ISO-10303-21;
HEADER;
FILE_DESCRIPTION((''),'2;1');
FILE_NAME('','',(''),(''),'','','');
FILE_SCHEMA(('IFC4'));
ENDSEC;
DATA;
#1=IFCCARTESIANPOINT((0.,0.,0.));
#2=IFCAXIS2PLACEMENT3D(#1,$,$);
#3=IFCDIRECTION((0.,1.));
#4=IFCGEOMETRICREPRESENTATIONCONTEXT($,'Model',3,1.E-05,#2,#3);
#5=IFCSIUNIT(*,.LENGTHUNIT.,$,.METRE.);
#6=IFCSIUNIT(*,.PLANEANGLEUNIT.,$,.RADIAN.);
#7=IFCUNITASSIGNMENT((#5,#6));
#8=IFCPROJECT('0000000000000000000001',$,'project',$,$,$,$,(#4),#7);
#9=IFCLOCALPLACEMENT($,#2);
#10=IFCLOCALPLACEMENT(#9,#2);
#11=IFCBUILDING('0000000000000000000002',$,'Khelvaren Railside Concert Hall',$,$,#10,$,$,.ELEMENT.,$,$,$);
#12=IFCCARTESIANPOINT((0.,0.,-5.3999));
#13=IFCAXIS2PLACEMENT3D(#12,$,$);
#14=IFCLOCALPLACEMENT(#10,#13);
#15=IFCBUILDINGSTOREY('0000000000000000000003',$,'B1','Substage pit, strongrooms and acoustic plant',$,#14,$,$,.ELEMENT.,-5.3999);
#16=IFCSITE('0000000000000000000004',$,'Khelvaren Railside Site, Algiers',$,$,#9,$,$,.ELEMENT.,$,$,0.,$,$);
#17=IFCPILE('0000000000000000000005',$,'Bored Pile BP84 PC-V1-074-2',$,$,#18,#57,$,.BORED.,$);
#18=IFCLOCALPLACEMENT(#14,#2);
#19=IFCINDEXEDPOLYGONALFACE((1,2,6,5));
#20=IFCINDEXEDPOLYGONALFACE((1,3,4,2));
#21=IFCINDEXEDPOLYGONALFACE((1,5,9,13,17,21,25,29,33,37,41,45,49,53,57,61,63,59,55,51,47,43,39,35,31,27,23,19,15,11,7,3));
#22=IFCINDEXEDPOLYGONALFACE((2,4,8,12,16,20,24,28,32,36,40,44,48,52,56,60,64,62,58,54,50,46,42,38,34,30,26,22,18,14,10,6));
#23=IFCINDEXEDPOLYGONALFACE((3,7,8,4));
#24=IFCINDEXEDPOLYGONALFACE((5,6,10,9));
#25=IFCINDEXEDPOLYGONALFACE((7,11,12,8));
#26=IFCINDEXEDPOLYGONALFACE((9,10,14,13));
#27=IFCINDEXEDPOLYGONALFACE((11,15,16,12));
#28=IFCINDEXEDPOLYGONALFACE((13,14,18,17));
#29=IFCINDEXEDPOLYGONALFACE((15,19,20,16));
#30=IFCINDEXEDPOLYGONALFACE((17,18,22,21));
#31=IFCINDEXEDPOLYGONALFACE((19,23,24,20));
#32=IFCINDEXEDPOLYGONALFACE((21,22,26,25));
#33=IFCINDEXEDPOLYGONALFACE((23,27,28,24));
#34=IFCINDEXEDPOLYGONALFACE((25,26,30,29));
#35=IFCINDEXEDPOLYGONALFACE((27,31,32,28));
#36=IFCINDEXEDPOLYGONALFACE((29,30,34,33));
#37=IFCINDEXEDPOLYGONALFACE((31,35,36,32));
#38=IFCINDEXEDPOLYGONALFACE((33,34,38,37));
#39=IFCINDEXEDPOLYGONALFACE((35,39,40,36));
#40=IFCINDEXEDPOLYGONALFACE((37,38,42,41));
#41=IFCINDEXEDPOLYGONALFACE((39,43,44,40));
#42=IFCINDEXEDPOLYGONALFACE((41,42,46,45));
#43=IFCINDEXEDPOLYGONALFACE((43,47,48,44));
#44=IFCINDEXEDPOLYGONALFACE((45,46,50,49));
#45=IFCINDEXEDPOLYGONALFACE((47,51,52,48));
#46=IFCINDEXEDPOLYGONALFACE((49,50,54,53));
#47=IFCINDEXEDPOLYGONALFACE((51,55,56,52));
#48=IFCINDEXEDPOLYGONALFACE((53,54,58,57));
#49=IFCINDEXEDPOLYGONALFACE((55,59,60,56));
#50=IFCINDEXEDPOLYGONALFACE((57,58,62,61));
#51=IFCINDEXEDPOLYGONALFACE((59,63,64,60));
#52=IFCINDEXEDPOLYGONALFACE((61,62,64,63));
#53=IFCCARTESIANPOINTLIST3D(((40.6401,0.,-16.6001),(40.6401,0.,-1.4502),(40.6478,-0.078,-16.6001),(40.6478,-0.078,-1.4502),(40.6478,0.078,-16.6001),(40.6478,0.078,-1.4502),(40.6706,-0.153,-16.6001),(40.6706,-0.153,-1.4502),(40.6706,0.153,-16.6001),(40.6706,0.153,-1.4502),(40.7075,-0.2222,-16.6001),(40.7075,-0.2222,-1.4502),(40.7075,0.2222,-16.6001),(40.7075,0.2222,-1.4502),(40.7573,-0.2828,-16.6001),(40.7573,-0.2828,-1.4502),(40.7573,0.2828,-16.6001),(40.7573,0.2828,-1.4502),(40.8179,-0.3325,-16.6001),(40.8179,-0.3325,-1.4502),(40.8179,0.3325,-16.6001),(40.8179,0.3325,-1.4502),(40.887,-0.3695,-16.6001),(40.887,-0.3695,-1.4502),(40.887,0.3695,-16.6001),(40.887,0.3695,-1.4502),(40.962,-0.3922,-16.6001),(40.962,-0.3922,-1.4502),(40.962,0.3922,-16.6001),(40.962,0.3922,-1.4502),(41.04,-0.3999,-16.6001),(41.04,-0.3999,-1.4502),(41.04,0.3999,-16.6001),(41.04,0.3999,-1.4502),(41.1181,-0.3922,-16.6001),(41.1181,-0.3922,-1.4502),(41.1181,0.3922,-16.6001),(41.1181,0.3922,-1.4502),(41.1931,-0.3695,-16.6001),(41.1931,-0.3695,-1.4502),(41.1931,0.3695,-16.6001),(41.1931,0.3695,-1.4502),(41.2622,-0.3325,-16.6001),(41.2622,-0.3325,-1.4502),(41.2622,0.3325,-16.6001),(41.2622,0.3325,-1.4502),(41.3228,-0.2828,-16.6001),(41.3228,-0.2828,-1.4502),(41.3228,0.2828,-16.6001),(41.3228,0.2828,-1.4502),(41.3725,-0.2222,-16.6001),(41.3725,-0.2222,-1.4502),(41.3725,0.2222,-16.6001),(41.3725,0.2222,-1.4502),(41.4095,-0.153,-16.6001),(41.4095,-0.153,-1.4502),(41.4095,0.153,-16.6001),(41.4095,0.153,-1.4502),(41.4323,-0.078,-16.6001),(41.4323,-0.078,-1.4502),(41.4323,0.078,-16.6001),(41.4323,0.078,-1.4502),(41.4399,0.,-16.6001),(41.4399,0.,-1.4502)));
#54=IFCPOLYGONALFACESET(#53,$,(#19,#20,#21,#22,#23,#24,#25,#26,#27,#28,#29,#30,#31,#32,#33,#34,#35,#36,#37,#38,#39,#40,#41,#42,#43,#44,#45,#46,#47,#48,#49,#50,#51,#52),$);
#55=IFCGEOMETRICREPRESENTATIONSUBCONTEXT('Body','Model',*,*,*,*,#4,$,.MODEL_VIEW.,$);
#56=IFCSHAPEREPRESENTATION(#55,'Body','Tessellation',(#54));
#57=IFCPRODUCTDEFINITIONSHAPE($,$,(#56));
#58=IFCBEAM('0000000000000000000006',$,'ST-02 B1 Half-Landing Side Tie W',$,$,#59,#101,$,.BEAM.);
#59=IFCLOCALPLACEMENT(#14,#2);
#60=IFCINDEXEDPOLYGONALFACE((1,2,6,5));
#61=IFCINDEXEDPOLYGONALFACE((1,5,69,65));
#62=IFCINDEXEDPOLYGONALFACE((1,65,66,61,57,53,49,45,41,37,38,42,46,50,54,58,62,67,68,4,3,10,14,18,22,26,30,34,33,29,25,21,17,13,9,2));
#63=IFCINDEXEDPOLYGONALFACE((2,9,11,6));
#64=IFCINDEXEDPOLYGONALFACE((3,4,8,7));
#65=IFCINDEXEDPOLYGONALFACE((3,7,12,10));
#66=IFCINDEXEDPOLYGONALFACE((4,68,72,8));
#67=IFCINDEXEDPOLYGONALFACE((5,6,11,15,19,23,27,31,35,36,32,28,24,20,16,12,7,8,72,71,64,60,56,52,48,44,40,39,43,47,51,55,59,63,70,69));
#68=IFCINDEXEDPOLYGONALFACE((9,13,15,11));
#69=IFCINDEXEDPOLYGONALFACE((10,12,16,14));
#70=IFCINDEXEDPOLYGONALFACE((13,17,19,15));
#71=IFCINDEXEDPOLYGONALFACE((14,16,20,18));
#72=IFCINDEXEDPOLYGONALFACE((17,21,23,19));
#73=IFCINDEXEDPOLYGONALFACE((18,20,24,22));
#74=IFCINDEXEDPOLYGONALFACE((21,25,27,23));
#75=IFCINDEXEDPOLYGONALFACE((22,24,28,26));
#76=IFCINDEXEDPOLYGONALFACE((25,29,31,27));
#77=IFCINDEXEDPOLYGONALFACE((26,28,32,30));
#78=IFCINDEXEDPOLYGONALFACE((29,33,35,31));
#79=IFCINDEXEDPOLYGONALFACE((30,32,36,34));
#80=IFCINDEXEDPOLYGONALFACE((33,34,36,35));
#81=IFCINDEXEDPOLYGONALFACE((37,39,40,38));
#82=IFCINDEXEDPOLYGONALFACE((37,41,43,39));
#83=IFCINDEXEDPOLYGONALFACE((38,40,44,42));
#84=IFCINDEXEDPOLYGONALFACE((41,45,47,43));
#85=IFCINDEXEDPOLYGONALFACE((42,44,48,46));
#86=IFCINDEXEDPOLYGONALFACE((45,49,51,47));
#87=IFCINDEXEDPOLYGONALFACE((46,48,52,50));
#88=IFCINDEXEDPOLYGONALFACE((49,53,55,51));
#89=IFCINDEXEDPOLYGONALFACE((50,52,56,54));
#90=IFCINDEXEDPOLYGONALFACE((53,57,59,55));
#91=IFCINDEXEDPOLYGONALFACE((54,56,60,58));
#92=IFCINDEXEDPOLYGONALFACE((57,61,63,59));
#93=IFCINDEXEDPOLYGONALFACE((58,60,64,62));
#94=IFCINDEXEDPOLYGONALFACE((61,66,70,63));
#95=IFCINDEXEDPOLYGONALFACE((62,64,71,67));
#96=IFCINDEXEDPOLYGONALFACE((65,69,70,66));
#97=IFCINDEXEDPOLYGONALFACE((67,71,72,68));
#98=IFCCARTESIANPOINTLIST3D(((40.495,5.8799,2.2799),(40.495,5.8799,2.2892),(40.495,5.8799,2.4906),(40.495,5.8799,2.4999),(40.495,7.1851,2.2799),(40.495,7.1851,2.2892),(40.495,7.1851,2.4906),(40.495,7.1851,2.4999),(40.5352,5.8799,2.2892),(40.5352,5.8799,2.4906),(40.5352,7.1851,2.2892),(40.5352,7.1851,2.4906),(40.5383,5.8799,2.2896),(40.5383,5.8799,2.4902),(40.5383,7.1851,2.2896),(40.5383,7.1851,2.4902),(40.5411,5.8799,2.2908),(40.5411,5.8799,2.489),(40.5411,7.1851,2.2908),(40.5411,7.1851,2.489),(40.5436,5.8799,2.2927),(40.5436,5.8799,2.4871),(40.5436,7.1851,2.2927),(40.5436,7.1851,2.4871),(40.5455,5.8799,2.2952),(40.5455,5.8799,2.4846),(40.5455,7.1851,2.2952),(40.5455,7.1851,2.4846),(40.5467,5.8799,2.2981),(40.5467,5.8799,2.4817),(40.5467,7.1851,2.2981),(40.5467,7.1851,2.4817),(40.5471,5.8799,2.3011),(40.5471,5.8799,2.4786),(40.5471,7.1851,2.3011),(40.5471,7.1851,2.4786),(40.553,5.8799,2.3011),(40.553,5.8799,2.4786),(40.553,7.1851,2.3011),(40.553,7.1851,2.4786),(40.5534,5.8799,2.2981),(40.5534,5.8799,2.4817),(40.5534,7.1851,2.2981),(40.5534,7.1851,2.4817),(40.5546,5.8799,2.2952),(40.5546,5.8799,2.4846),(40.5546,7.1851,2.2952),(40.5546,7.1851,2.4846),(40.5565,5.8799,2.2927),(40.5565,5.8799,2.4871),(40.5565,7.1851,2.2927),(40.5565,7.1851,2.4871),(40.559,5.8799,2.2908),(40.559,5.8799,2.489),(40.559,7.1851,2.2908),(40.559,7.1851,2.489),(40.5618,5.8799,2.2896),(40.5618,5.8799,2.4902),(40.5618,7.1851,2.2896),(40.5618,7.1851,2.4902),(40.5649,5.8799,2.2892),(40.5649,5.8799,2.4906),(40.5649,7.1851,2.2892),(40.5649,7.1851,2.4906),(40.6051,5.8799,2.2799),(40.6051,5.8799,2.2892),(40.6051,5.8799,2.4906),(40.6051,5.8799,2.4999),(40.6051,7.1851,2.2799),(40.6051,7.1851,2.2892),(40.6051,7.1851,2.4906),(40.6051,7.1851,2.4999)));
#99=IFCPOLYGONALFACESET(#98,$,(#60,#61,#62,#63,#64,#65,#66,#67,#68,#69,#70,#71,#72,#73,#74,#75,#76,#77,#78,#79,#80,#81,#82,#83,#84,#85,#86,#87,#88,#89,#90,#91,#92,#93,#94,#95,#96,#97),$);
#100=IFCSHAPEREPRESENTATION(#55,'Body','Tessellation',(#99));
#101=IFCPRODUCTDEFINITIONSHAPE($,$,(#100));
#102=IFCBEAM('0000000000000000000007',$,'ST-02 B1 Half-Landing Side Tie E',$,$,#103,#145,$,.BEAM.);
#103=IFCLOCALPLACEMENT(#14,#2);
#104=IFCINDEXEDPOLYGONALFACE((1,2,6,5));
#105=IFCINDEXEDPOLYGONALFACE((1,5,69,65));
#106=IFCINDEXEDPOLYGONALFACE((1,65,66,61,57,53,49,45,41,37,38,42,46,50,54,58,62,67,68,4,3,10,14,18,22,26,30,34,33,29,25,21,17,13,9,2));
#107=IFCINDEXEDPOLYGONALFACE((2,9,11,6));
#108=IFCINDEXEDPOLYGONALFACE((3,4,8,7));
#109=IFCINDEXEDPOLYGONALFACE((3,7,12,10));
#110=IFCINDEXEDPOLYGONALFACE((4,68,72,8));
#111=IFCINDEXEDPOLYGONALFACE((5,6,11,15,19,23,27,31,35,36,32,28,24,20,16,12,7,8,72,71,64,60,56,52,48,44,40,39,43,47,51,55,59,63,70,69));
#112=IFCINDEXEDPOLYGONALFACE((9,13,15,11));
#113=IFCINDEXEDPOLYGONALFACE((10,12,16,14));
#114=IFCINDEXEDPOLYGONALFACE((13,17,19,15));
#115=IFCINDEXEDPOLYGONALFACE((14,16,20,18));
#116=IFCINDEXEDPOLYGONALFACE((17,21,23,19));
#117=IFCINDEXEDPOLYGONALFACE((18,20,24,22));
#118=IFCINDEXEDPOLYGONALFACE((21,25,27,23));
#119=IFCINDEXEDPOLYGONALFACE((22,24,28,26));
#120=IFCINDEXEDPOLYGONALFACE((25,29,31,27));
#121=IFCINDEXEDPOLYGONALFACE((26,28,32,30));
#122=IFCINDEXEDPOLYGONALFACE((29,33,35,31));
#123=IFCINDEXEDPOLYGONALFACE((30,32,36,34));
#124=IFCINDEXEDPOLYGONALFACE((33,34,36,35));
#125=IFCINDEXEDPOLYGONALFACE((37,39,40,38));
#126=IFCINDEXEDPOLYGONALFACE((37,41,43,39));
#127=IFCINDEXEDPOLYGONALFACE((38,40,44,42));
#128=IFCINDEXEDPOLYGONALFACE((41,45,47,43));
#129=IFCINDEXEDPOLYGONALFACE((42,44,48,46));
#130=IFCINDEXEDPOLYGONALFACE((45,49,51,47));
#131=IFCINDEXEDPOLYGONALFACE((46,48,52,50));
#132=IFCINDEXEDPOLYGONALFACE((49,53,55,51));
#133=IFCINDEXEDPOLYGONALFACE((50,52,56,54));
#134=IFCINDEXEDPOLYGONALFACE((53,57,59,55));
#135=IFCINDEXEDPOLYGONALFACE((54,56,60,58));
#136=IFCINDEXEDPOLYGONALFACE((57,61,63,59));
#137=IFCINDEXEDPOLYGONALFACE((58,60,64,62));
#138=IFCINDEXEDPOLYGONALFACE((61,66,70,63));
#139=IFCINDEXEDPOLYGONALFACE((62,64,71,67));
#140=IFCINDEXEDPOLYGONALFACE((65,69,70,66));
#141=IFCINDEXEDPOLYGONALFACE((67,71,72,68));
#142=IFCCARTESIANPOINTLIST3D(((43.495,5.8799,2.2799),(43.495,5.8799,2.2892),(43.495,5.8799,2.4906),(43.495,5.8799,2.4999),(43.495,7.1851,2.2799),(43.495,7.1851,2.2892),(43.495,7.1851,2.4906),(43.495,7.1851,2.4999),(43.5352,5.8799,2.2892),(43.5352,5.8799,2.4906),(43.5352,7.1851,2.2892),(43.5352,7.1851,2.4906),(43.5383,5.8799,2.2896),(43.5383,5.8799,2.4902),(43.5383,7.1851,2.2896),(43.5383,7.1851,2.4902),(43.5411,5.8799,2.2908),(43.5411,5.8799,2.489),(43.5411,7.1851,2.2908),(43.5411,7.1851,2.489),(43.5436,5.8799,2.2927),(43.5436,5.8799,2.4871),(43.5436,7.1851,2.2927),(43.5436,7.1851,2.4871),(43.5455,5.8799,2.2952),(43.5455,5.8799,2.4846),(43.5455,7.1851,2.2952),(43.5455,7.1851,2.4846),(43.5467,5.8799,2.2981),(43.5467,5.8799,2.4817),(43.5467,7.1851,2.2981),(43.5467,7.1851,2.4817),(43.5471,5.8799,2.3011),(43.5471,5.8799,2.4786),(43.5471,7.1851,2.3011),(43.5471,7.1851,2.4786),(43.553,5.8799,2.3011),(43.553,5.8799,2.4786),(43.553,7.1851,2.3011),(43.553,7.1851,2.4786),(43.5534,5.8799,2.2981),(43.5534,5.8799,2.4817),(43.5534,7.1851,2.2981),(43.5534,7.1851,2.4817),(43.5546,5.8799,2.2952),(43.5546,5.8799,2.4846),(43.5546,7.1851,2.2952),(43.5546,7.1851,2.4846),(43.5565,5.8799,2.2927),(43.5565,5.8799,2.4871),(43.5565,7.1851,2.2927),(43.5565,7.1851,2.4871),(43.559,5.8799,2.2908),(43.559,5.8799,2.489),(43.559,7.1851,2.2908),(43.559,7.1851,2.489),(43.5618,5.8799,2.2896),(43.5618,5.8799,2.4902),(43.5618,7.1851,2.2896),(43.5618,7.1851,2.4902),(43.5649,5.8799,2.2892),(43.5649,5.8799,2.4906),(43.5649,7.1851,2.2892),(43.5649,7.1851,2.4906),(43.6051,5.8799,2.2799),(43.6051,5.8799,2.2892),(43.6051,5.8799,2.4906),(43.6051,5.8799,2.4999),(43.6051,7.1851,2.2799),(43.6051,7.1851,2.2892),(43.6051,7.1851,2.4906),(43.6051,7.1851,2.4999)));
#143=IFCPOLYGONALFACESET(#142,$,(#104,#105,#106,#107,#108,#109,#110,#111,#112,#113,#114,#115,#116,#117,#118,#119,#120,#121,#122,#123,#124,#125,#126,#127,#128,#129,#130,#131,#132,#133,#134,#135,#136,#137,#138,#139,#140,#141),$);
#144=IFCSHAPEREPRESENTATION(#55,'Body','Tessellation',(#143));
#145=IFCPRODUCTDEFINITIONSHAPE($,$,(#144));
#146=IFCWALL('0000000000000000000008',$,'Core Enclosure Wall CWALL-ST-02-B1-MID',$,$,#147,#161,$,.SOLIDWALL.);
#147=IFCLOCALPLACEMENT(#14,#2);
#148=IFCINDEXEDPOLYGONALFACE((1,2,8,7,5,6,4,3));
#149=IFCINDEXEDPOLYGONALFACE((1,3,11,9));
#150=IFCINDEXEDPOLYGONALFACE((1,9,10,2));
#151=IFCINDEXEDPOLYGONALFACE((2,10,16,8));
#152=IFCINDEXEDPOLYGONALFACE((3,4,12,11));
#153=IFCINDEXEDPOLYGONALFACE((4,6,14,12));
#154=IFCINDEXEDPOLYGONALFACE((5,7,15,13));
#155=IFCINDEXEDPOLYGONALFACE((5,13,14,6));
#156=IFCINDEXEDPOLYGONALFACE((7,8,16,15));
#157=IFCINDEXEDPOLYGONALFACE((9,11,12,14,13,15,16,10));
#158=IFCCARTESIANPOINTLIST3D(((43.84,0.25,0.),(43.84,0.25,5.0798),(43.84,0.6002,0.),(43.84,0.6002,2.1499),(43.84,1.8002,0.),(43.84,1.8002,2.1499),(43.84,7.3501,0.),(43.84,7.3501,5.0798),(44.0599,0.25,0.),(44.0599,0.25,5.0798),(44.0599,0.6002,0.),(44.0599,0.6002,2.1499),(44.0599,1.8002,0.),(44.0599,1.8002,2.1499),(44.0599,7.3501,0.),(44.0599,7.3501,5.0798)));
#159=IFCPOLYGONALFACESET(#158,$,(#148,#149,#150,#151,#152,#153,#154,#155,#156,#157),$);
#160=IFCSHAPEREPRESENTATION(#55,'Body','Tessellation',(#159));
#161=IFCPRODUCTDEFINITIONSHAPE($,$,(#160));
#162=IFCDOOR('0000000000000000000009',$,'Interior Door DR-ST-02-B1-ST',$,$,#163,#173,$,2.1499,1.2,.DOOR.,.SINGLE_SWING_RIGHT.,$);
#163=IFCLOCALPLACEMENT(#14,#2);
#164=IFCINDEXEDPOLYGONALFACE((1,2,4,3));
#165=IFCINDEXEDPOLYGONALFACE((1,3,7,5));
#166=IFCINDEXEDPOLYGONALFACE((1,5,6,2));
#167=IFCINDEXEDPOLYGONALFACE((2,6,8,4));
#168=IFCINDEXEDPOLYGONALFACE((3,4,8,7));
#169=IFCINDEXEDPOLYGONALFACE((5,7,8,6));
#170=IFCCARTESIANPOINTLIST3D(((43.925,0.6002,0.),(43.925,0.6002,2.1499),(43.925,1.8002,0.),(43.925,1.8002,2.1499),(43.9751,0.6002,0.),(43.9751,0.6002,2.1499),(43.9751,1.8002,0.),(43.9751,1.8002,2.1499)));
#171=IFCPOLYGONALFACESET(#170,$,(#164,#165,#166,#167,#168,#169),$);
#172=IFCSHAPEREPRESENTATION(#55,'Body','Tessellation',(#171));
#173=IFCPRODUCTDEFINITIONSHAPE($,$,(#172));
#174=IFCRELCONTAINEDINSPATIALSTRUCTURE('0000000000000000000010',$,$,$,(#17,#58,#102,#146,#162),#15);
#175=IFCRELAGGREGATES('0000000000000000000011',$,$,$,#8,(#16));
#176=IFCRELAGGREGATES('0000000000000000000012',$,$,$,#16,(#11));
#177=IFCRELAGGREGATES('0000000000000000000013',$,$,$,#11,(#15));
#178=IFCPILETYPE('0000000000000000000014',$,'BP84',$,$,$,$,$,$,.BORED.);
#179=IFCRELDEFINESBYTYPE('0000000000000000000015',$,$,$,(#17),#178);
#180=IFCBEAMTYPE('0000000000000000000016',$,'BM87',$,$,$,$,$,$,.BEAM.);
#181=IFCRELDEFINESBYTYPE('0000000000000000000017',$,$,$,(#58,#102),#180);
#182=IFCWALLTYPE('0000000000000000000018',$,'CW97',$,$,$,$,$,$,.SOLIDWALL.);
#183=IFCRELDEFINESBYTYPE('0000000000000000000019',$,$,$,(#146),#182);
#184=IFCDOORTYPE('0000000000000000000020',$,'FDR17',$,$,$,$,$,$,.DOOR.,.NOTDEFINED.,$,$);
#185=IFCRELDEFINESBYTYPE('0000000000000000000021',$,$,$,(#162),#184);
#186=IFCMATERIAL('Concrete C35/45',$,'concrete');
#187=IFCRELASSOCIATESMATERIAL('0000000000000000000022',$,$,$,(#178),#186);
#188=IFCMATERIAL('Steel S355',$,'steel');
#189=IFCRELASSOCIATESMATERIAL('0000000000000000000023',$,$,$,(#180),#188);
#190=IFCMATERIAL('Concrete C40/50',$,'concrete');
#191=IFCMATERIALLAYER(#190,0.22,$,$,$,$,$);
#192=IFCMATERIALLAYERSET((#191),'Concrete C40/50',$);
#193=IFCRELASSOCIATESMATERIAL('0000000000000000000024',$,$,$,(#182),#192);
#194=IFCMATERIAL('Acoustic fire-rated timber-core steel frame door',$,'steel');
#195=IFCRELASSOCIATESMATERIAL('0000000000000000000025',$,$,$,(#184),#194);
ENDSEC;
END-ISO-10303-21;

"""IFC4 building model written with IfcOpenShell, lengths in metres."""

from ifc_helpers import new_model, si_unit, direction, frame, frame_2d, origin, origin_2d, place, context, subcontext, project, spatial, rectangle, circle, i_section, extrude, material, layer, layer_set, material_profile, profile_set, type_object, element, fill, save


model = new_model("IFC4")

# Units and contexts
model_context = context("Model", 3, precision=1e-05, world=origin(), true_north=direction((0.0, 1.0)))
body_context = subcontext(model_context, "Body", "Model", "MODEL_VIEW")
ifc_project = project(units=[si_unit("LENGTHUNIT", "METRE"), si_unit("PLANEANGLEUNIT", "RADIAN")], contexts=[model_context])

# Site, building, storey
site_placement = place(None, origin())
site = spatial("IfcSite", under=ifc_project, at=site_placement, Name="Khelvaren Railside Site, Algiers", CompositionType="ELEMENT", RefElevation=0.0)
building_placement = place(site_placement, origin())
building = spatial("IfcBuilding", under=site, at=building_placement, Name="Khelvaren Railside Concert Hall", CompositionType="ELEMENT")
storey_placement = place(building_placement, frame((0.0, 0.0, -5.3999)))
storey = spatial("IfcBuildingStorey", under=building, at=storey_placement, Name="B1", Description="Substage pit, strongrooms and acoustic plant", CompositionType="ELEMENT", Elevation=-5.3999)

# Pile
ifc_material_1 = material(Name="Concrete C35/45", Category="concrete")
ifc_material_profile_1 = material_profile(ifc_material_1, circle(Radius=0.3999, at=origin_2d()), Name="BP D800")
ifc_profile_set_1 = profile_set([ifc_material_profile_1], Name="Concrete C35/45")
pile_type = type_object("IfcPileType", Name="BP84", PredefinedType="BORED", material=ifc_profile_set_1)
pile_placement = place(storey_placement, frame((41.04, 0.0, -1.4502), z_axis=(0.0, 0.0, -1.0), x_axis=(1.0, 0.0, 0.0)))
element("IfcPile", 1, at=pile_placement, inside=storey, type_object=pile_type, Name="Bored Pile BP84 PC-V1-074-2", PredefinedType="BORED", context=body_context, shape_type="SweptSolid", body=[
    extrude(circle(Radius=0.3999, at=origin_2d()), origin(), (0.0, 0.0, 1.0), 15.1499),
])

# Beams
ifc_material_2 = material(Name="Steel S355", Category="steel")
ifc_material_profile_2 = material_profile(ifc_material_2, i_section(OverallWidth=0.1101, OverallDepth=0.22, WebThickness=0.0059, FlangeThickness=0.0093, FilletRadius=0.012, at=origin_2d()), Name="IPE 220")
ifc_profile_set_2 = profile_set([ifc_material_profile_2], Name="Steel S355")
beam_type = type_object("IfcBeamType", Name="BM87", PredefinedType="BEAM", material=ifc_profile_set_2)
for number, where, z_axis, x_axis, name in (
    (2, (40.55, 5.8799, 2.3899), (0.0, 1.0, 0.0), (-1.0, 0.0, 0.0), "ST-02 B1 Half-Landing Side Tie W"),
    (3, (43.55, 5.8799, 2.3899), (0.0, 1.0, 0.0), (-1.0, 0.0, 0.0), "ST-02 B1 Half-Landing Side Tie E"),
):
    element("IfcBeam", number, at=place(storey_placement, frame(where, z_axis=z_axis, x_axis=x_axis)), inside=storey, type_object=beam_type, Name=name, PredefinedType="BEAM", context=body_context, shape_type="SweptSolid", body=[
        extrude(i_section(OverallWidth=0.1101, OverallDepth=0.22, WebThickness=0.0059, FlangeThickness=0.0093, FilletRadius=0.012, at=origin_2d()), origin(), (0.0, 0.0, 1.0), 1.3052),
    ])

# Wall, opening, door
ifc_material_3 = material(Name="Concrete C40/50", Category="concrete")
ifc_layer = layer(ifc_material_3, 0.22)
ifc_layer_set = layer_set([ifc_layer], Name="Concrete C40/50")
wall_type = type_object("IfcWallType", Name="CW97", PredefinedType="SOLIDWALL", material=ifc_layer_set)
wall_1_placement = place(storey_placement, frame((43.95, 0.25, 0.0), z_axis=(0.0, 0.0, 1.0), x_axis=(0.0, 1.0, 0.0)))
wall_1 = element("IfcWall", 4, at=wall_1_placement, inside=storey, type_object=wall_type, Name="Core Enclosure Wall CWALL-ST-02-B1-MID", PredefinedType="SOLIDWALL", context=body_context, shape_type="SweptSolid", body=[
    extrude(rectangle(XDim=7.1001, YDim=0.22, at=frame_2d((3.55, 0.0))), origin(), (0.0, 0.0, 1.0), 5.0798),
])
opening_1_placement = place(wall_1_placement, frame((0.3501, 0.0, 0.0)))
opening_1 = element("IfcOpeningElement", 5, at=opening_1_placement, cuts=wall_1, PredefinedType="OPENING", context=body_context, shape_type="SweptSolid", body=[
    extrude(rectangle(XDim=1.2, YDim=2.1499, at=frame_2d((0.6001, 1.075))), frame((0.0, 0.1199, 0.0), z_axis=(0.0, -1.0, 0.0), x_axis=(1.0, 0.0, 0.0)), (0.0, 0.0, 1.0), 0.24),
])
ifc_material_4 = material(Name="Acoustic fire-rated timber-core steel frame door", Category="steel")
door_type_1 = type_object("IfcDoorType", Name="FDR17", OperationType="NOTDEFINED", PredefinedType="DOOR", material=ifc_material_4)
door_1_placement = place(opening_1_placement, origin())
door_1 = element("IfcDoor", 6, at=door_1_placement, inside=storey, type_object=door_type_1, Name="Interior Door DR-ST-02-B1-ST", OperationType="SINGLE_SWING_RIGHT", OverallHeight=2.1499, OverallWidth=1.2, PredefinedType="DOOR", context=body_context, shape_type="SweptSolid", body=[
    extrude(rectangle(XDim=1.2, YDim=2.1499, at=frame_2d((0.6001, 1.075))), frame((0.0, 0.0249, 0.0), z_axis=(0.0, -1.0, 0.0), x_axis=(1.0, 0.0, 0.0)), (0.0, 0.0, 1.0), 0.05),
])
fill(opening_1, door_1)

save(model, "model.ifc")
